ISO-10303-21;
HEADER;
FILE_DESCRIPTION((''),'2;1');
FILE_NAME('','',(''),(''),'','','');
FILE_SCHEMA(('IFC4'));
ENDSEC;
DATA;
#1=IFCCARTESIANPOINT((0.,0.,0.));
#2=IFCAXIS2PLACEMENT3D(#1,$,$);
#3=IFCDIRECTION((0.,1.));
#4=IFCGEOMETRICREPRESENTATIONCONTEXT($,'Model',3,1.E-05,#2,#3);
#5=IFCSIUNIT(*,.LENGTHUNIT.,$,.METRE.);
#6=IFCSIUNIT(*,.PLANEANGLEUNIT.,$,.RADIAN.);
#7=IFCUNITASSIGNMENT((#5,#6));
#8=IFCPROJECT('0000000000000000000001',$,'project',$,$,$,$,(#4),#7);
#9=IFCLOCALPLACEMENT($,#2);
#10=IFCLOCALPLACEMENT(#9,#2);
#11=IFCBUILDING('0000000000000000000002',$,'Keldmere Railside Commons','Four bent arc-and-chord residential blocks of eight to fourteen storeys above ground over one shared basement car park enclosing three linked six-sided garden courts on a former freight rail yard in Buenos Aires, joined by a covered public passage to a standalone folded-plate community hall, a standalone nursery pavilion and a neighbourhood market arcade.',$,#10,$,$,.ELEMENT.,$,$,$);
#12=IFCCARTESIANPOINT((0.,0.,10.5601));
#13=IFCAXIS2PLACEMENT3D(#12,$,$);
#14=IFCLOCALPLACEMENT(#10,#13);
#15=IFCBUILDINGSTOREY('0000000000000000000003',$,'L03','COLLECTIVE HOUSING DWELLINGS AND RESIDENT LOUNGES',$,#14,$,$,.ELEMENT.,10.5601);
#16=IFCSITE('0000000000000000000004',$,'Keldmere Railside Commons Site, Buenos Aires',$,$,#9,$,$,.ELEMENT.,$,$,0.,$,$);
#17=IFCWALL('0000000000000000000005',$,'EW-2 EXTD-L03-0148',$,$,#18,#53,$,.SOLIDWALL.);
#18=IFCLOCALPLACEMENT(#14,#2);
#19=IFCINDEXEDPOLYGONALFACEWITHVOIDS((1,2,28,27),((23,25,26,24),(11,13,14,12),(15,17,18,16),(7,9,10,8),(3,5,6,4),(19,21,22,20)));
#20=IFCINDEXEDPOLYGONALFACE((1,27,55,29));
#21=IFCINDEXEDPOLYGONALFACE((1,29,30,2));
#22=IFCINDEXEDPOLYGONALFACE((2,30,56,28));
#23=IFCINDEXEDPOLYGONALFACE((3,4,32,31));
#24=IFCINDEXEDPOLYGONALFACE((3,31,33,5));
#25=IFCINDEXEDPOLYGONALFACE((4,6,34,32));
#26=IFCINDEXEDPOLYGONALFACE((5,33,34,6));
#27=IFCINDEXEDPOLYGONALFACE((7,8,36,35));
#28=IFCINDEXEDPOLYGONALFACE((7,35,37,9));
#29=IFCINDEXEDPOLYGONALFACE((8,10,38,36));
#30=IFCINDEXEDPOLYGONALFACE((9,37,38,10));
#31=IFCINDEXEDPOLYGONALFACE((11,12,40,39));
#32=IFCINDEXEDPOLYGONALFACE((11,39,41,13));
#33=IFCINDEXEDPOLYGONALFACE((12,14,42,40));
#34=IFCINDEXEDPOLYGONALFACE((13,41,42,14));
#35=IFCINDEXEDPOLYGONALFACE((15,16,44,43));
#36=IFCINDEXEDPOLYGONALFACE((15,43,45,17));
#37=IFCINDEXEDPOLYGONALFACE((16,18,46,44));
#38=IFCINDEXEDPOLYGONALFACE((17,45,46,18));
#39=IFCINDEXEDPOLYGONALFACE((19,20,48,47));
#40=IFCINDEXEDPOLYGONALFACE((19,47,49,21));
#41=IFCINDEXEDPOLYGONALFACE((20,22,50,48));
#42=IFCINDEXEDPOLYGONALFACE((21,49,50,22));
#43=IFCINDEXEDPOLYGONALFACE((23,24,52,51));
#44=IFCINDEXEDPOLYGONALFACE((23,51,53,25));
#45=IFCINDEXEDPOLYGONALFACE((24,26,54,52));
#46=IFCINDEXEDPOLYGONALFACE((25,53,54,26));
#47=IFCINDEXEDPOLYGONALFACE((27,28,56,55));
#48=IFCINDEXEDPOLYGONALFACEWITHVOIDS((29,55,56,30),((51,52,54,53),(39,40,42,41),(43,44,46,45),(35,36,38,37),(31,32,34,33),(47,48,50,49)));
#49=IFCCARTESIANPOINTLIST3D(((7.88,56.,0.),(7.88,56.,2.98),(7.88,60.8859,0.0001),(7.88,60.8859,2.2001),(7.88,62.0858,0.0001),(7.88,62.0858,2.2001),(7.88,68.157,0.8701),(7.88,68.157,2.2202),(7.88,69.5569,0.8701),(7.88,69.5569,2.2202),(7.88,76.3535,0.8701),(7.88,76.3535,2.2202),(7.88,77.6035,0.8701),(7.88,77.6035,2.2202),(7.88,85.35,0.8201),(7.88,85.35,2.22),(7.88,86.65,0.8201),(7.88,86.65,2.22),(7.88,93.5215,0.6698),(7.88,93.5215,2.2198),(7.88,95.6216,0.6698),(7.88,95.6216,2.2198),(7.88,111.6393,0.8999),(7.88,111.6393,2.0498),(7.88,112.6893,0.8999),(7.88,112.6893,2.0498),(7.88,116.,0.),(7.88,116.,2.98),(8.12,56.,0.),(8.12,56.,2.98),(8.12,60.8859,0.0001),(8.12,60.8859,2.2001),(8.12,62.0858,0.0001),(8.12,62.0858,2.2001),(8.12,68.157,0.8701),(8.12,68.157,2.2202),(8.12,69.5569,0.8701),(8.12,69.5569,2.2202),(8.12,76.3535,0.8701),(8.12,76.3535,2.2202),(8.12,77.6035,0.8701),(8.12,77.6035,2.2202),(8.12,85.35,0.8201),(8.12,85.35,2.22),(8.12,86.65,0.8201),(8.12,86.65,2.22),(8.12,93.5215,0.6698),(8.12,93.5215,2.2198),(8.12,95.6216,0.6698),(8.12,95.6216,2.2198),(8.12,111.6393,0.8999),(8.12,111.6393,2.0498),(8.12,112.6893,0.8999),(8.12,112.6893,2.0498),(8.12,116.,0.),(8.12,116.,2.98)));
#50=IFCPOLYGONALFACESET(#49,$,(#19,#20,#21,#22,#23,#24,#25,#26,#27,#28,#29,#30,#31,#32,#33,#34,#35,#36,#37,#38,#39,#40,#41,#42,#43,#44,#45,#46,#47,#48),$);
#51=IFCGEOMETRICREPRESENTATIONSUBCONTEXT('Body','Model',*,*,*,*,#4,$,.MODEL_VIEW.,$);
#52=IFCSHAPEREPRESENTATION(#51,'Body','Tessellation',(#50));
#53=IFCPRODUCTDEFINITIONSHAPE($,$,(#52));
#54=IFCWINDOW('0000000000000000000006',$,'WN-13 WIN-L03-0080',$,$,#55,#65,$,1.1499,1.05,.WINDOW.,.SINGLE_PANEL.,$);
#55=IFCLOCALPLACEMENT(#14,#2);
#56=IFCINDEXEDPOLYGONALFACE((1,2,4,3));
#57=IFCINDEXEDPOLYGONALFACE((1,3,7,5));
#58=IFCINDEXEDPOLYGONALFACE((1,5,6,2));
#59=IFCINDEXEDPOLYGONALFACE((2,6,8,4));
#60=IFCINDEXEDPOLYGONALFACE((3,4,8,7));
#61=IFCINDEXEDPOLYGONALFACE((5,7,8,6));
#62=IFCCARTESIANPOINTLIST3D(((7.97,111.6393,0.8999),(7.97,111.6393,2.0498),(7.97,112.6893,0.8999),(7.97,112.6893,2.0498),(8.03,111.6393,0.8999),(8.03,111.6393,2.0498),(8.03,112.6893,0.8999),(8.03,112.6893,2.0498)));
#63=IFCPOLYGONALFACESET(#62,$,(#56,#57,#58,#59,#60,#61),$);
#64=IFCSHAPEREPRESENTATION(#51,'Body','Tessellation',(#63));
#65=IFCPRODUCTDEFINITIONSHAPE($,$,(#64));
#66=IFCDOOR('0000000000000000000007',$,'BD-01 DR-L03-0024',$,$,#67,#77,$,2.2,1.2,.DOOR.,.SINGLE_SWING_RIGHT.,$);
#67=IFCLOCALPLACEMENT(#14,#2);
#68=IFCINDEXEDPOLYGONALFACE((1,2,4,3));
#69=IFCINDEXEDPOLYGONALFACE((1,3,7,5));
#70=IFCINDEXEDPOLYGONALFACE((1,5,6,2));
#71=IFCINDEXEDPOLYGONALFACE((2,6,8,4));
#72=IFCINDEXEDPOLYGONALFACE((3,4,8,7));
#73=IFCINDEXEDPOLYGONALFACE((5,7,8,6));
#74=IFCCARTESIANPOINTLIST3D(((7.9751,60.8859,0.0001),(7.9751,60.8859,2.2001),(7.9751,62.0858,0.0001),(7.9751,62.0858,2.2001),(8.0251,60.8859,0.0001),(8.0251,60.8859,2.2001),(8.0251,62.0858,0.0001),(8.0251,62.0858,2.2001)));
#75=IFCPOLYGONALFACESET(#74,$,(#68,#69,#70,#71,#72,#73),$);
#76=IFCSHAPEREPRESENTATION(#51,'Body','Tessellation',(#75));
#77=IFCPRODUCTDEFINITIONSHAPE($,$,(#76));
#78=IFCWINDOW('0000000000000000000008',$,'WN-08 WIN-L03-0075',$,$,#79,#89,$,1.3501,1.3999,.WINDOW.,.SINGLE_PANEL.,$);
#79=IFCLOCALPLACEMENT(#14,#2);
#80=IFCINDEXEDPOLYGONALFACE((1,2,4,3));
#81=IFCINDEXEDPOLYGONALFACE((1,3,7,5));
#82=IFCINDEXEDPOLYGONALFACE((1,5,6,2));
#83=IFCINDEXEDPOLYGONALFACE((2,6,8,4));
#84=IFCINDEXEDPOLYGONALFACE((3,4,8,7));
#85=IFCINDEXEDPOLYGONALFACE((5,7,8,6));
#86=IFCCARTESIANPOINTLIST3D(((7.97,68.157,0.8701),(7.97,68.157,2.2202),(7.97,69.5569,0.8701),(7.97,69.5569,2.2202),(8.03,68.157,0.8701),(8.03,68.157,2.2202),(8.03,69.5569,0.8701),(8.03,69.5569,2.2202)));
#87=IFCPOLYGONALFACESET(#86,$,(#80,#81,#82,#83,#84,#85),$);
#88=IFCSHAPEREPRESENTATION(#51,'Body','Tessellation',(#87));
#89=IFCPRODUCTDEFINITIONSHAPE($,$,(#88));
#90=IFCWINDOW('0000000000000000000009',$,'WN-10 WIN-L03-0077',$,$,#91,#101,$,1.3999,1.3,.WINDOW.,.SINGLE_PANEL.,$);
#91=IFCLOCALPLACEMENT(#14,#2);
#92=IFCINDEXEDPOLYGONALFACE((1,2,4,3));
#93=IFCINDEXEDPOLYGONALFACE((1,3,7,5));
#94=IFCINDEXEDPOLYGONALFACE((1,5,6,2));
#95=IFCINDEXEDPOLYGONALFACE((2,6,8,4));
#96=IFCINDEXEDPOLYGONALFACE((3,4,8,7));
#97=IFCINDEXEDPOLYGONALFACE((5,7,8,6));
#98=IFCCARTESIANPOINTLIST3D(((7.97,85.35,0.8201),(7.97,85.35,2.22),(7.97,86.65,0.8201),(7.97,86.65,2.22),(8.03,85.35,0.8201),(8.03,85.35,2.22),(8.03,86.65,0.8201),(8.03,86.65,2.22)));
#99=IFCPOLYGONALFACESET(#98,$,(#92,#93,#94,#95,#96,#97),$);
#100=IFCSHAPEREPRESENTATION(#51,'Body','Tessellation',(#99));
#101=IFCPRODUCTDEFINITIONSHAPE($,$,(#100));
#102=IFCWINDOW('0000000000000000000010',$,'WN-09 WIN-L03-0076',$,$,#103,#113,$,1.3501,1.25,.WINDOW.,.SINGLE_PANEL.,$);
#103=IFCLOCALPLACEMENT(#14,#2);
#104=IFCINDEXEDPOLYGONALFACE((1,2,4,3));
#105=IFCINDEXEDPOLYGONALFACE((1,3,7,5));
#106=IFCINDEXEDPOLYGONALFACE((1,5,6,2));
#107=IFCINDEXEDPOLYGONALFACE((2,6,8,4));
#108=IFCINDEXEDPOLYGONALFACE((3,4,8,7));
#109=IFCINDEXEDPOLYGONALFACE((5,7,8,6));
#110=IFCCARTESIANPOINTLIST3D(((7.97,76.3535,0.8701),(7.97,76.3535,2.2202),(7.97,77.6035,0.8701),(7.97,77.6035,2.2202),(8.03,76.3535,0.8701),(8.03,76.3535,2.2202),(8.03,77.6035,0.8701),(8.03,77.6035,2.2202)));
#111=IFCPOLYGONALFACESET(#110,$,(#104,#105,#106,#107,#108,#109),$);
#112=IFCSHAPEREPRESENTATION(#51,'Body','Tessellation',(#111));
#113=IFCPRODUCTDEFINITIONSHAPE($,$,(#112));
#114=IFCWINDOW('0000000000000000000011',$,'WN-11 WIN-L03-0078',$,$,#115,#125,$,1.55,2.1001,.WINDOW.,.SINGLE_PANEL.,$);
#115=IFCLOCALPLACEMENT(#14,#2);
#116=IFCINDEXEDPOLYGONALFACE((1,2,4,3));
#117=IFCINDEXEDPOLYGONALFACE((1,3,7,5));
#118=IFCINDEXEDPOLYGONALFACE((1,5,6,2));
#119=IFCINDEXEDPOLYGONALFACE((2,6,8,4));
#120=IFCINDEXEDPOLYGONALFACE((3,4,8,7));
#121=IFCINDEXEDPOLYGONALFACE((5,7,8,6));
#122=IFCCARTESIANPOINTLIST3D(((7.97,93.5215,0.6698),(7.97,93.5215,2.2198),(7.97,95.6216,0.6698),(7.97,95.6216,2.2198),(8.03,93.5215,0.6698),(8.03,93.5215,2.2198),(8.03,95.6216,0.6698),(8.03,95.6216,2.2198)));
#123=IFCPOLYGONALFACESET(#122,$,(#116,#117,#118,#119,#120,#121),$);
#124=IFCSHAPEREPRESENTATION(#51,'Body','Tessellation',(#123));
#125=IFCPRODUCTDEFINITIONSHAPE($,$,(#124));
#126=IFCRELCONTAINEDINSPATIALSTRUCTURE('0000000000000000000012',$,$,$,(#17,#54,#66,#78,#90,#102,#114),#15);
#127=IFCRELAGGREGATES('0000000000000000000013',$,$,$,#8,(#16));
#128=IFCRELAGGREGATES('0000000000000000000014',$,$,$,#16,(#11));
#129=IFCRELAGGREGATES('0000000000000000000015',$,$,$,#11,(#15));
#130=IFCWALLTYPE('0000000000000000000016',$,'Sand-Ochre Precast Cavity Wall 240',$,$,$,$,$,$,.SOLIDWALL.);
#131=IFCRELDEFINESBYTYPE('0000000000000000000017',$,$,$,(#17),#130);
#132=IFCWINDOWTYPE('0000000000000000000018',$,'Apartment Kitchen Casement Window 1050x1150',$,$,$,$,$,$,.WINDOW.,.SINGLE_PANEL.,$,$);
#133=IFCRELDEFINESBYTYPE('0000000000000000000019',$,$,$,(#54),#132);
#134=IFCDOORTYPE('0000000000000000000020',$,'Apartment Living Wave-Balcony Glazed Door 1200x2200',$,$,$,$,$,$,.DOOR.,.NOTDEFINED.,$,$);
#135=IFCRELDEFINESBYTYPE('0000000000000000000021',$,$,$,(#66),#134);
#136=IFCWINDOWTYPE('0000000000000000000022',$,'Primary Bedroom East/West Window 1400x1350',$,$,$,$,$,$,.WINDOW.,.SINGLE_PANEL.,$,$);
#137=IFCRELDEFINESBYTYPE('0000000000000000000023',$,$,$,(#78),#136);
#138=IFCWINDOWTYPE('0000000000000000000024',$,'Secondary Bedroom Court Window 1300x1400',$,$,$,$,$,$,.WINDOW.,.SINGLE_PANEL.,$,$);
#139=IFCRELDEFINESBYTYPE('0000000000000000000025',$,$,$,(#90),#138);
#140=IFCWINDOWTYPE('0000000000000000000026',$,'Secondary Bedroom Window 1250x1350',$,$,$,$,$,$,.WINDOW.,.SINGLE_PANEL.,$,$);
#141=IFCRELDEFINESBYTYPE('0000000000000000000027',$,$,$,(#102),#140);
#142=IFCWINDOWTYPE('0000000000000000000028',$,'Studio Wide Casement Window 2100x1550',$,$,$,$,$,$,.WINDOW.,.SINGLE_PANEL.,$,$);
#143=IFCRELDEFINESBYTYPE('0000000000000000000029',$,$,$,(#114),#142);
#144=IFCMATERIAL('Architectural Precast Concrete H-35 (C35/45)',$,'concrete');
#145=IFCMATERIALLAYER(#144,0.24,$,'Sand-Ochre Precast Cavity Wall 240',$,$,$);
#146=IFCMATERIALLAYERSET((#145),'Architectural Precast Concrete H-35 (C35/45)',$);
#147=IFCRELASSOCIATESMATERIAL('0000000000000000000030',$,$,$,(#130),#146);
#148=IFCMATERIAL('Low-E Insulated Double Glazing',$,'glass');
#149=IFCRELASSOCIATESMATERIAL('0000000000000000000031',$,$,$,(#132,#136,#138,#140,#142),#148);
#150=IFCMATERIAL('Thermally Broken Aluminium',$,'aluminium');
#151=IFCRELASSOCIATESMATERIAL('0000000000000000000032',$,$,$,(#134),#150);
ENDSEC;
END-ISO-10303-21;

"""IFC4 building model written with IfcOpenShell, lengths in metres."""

from ifc_helpers import new_model, si_unit, direction, frame, frame_2d, origin, place, context, subcontext, project, spatial, rectangle, extrude, material, layer, layer_set, type_object, element, fill, save


model = new_model("IFC4")

# Units and contexts
model_context = context("Model", 3, precision=1e-05, world=origin(), true_north=direction((0.0, 1.0)))
body_context = subcontext(model_context, "Body", "Model", "MODEL_VIEW")
ifc_project = project(units=[si_unit("LENGTHUNIT", "METRE"), si_unit("PLANEANGLEUNIT", "RADIAN")], contexts=[model_context])

# Site, building, storey
site_placement = place(None, origin())
site = spatial("IfcSite", under=ifc_project, at=site_placement, Name="Keldmere Railside Commons Site, Buenos Aires", CompositionType="ELEMENT", RefElevation=0.0)
building_placement = place(site_placement, origin())
building = spatial("IfcBuilding", under=site, at=building_placement, Name="Keldmere Railside Commons", Description="Four bent arc-and-chord residential blocks of eight to fourteen storeys above ground over one shared basement car park enclosing three linked six-sided garden courts on a former freight rail yard in Buenos Aires, joined by a covered public passage to a standalone folded-plate community hall, a standalone nursery pavilion and a neighbourhood market arcade.", CompositionType="ELEMENT")
storey_placement = place(building_placement, frame((0.0, 0.0, 10.5601)))
storey = spatial("IfcBuildingStorey", under=building, at=storey_placement, Name="L03", Description="COLLECTIVE HOUSING DWELLINGS AND RESIDENT LOUNGES", CompositionType="ELEMENT", Elevation=10.5601)

# Wall, openings, windows, door
ifc_material_1 = material(Name="Architectural Precast Concrete H-35 (C35/45)", Category="concrete")
ifc_layer = layer(ifc_material_1, 0.24, Name="Sand-Ochre Precast Cavity Wall 240")
ifc_layer_set = layer_set([ifc_layer], Name="Architectural Precast Concrete H-35 (C35/45)")
wall_type = type_object("IfcWallType", Name="Sand-Ochre Precast Cavity Wall 240", PredefinedType="SOLIDWALL", material=ifc_layer_set)
wall_placement = place(storey_placement, frame((8.0, 56.0, 0.0), z_axis=(0.0, 0.0, 1.0), x_axis=(0.0, 1.0, 0.0)))
wall = element("IfcWall", 1, at=wall_placement, inside=storey, type_object=wall_type, Name="EW-2 EXTD-L03-0148", PredefinedType="SOLIDWALL", context=body_context, shape_type="SweptSolid", body=[
    extrude(rectangle(XDim=60.0, YDim=0.24, at=frame_2d((30.0, 0.0))), origin(), (0.0, 0.0, 1.0), 2.98),
])
opening_1_placement = place(wall_placement, frame((4.8857, 0.0, 0.0)))
opening_1 = element("IfcOpeningElement", 2, at=opening_1_placement, cuts=wall, PredefinedType="OPENING", context=body_context, shape_type="SweptSolid", body=[
    extrude(rectangle(XDim=1.2, YDim=2.2, at=frame_2d((0.6001, 1.1001))), frame((0.0, 0.1299, 0.0), z_axis=(0.0, -1.0, 0.0), x_axis=(1.0, 0.0, 0.0)), (0.0, 0.0, 1.0), 0.26),
])
opening_2_placement = place(wall_placement, frame((12.157, 0.0, 0.8701)))
opening_2 = element("IfcOpeningElement", 3, at=opening_2_placement, cuts=wall, PredefinedType="OPENING", context=body_context, shape_type="SweptSolid", body=[
    extrude(rectangle(XDim=1.3999, YDim=1.3501, at=frame_2d((0.7, 0.675))), frame((0.0, 0.1299, 0.0), z_axis=(0.0, -1.0, 0.0), x_axis=(1.0, 0.0, 0.0)), (0.0, 0.0, 1.0), 0.26),
])
opening_3_placement = place(wall_placement, frame((20.3535, 0.0, 0.8701)))
opening_3 = element("IfcOpeningElement", 4, at=opening_3_placement, cuts=wall, PredefinedType="OPENING", context=body_context, shape_type="SweptSolid", body=[
    extrude(rectangle(XDim=1.25, YDim=1.3501, at=frame_2d((0.625, 0.675))), frame((0.0, 0.1299, 0.0), z_axis=(0.0, -1.0, 0.0), x_axis=(1.0, 0.0, 0.0)), (0.0, 0.0, 1.0), 0.26),
])
opening_4_placement = place(wall_placement, frame((29.3501, 0.0, 0.8201)))
opening_4 = element("IfcOpeningElement", 5, at=opening_4_placement, cuts=wall, PredefinedType="OPENING", context=body_context, shape_type="SweptSolid", body=[
    extrude(rectangle(XDim=1.3, YDim=1.3999, at=frame_2d((0.6499, 0.7))), frame((0.0, 0.1299, 0.0), z_axis=(0.0, -1.0, 0.0), x_axis=(1.0, 0.0, 0.0)), (0.0, 0.0, 1.0), 0.26),
])
opening_5_placement = place(wall_placement, frame((37.5215, 0.0, 0.6699)))
opening_5 = element("IfcOpeningElement", 6, at=opening_5_placement, cuts=wall, PredefinedType="OPENING", context=body_context, shape_type="SweptSolid", body=[
    extrude(rectangle(XDim=2.1001, YDim=1.55, at=frame_2d((1.05, 0.7749))), frame((0.0, 0.1299, 0.0), z_axis=(0.0, -1.0, 0.0), x_axis=(1.0, 0.0, 0.0)), (0.0, 0.0, 1.0), 0.26),
])
opening_6_placement = place(wall_placement, frame((55.6394, 0.0, 0.8999)))
opening_6 = element("IfcOpeningElement", 7, at=opening_6_placement, cuts=wall, PredefinedType="OPENING", context=body_context, shape_type="SweptSolid", body=[
    extrude(rectangle(XDim=1.05, YDim=1.1499, at=frame_2d((0.5249, 0.575))), frame((0.0, 0.1299, 0.0), z_axis=(0.0, -1.0, 0.0), x_axis=(1.0, 0.0, 0.0)), (0.0, 0.0, 1.0), 0.26),
])
ifc_material_2 = material(Name="Low-E Insulated Double Glazing", Category="glass")
window_type_1 = type_object("IfcWindowType", Name="Apartment Kitchen Casement Window 1050x1150", PartitioningType="SINGLE_PANEL", PredefinedType="WINDOW", material=ifc_material_2)
window_1_placement = place(opening_6_placement, origin())
window_1 = element("IfcWindow", 8, at=window_1_placement, inside=storey, type_object=window_type_1, Name="WN-13 WIN-L03-0080", OverallHeight=1.1499, OverallWidth=1.05, PartitioningType="SINGLE_PANEL", PredefinedType="WINDOW", context=body_context, shape_type="SweptSolid", body=[
    extrude(rectangle(XDim=1.05, YDim=1.1499, at=frame_2d((0.5249, 0.575))), frame((0.0, 0.03, 0.0), z_axis=(0.0, -1.0, 0.0), x_axis=(1.0, 0.0, 0.0)), (0.0, 0.0, 1.0), 0.0601),
])
fill(opening_6, window_1)
ifc_material_3 = material(Name="Thermally Broken Aluminium", Category="aluminium")
door_type = type_object("IfcDoorType", Name="Apartment Living Wave-Balcony Glazed Door 1200x2200", OperationType="NOTDEFINED", PredefinedType="DOOR", material=ifc_material_3)
door_placement = place(opening_1_placement, origin())
door = element("IfcDoor", 9, at=door_placement, inside=storey, type_object=door_type, Name="BD-01 DR-L03-0024", OperationType="SINGLE_SWING_RIGHT", OverallHeight=2.2, OverallWidth=1.2, PredefinedType="DOOR", context=body_context, shape_type="SweptSolid", body=[
    extrude(rectangle(XDim=1.2, YDim=2.2, at=frame_2d((0.6001, 1.1001))), frame((0.0, 0.0249, 0.0), z_axis=(0.0, -1.0, 0.0), x_axis=(1.0, 0.0, 0.0)), (0.0, 0.0, 1.0), 0.05),
])
fill(opening_1, door)
window_type_2 = type_object("IfcWindowType", Name="Primary Bedroom East/West Window 1400x1350", PartitioningType="SINGLE_PANEL", PredefinedType="WINDOW", material=ifc_material_2)
window_2_placement = place(opening_2_placement, origin())
window_2 = element("IfcWindow", 10, at=window_2_placement, inside=storey, type_object=window_type_2, Name="WN-08 WIN-L03-0075", OverallHeight=1.3501, OverallWidth=1.3999, PartitioningType="SINGLE_PANEL", PredefinedType="WINDOW", context=body_context, shape_type="SweptSolid", body=[
    extrude(rectangle(XDim=1.3999, YDim=1.3501, at=frame_2d((0.7, 0.675))), frame((0.0, 0.03, 0.0), z_axis=(0.0, -1.0, 0.0), x_axis=(1.0, 0.0, 0.0)), (0.0, 0.0, 1.0), 0.0601),
])
fill(opening_2, window_2)
window_type_3 = type_object("IfcWindowType", Name="Secondary Bedroom Court Window 1300x1400", PartitioningType="SINGLE_PANEL", PredefinedType="WINDOW", material=ifc_material_2)
window_3_placement = place(opening_4_placement, origin())
window_3 = element("IfcWindow", 11, at=window_3_placement, inside=storey, type_object=window_type_3, Name="WN-10 WIN-L03-0077", OverallHeight=1.3999, OverallWidth=1.3, PartitioningType="SINGLE_PANEL", PredefinedType="WINDOW", context=body_context, shape_type="SweptSolid", body=[
    extrude(rectangle(XDim=1.3, YDim=1.3999, at=frame_2d((0.6499, 0.7))), frame((0.0, 0.03, 0.0), z_axis=(0.0, -1.0, 0.0), x_axis=(1.0, 0.0, 0.0)), (0.0, 0.0, 1.0), 0.0601),
])
fill(opening_4, window_3)
window_type_4 = type_object("IfcWindowType", Name="Secondary Bedroom Window 1250x1350", PartitioningType="SINGLE_PANEL", PredefinedType="WINDOW", material=ifc_material_2)
window_4_placement = place(opening_3_placement, origin())
window_4 = element("IfcWindow", 12, at=window_4_placement, inside=storey, type_object=window_type_4, Name="WN-09 WIN-L03-0076", OverallHeight=1.3501, OverallWidth=1.25, PartitioningType="SINGLE_PANEL", PredefinedType="WINDOW", context=body_context, shape_type="SweptSolid", body=[
    extrude(rectangle(XDim=1.25, YDim=1.3501, at=frame_2d((0.625, 0.675))), frame((0.0, 0.03, 0.0), z_axis=(0.0, -1.0, 0.0), x_axis=(1.0, 0.0, 0.0)), (0.0, 0.0, 1.0), 0.0601),
])
fill(opening_3, window_4)
window_type_5 = type_object("IfcWindowType", Name="Studio Wide Casement Window 2100x1550", PartitioningType="SINGLE_PANEL", PredefinedType="WINDOW", material=ifc_material_2)
window_5_placement = place(opening_5_placement, origin())
window_5 = element("IfcWindow", 13, at=window_5_placement, inside=storey, type_object=window_type_5, Name="WN-11 WIN-L03-0078", OverallHeight=1.55, OverallWidth=2.1001, PartitioningType="SINGLE_PANEL", PredefinedType="WINDOW", context=body_context, shape_type="SweptSolid", body=[
    extrude(rectangle(XDim=2.1001, YDim=1.55, at=frame_2d((1.05, 0.7749))), frame((0.0, 0.03, 0.0), z_axis=(0.0, -1.0, 0.0), x_axis=(1.0, 0.0, 0.0)), (0.0, 0.0, 1.0), 0.0601),
])
fill(opening_5, window_5)

save(model, "model.ifc")
